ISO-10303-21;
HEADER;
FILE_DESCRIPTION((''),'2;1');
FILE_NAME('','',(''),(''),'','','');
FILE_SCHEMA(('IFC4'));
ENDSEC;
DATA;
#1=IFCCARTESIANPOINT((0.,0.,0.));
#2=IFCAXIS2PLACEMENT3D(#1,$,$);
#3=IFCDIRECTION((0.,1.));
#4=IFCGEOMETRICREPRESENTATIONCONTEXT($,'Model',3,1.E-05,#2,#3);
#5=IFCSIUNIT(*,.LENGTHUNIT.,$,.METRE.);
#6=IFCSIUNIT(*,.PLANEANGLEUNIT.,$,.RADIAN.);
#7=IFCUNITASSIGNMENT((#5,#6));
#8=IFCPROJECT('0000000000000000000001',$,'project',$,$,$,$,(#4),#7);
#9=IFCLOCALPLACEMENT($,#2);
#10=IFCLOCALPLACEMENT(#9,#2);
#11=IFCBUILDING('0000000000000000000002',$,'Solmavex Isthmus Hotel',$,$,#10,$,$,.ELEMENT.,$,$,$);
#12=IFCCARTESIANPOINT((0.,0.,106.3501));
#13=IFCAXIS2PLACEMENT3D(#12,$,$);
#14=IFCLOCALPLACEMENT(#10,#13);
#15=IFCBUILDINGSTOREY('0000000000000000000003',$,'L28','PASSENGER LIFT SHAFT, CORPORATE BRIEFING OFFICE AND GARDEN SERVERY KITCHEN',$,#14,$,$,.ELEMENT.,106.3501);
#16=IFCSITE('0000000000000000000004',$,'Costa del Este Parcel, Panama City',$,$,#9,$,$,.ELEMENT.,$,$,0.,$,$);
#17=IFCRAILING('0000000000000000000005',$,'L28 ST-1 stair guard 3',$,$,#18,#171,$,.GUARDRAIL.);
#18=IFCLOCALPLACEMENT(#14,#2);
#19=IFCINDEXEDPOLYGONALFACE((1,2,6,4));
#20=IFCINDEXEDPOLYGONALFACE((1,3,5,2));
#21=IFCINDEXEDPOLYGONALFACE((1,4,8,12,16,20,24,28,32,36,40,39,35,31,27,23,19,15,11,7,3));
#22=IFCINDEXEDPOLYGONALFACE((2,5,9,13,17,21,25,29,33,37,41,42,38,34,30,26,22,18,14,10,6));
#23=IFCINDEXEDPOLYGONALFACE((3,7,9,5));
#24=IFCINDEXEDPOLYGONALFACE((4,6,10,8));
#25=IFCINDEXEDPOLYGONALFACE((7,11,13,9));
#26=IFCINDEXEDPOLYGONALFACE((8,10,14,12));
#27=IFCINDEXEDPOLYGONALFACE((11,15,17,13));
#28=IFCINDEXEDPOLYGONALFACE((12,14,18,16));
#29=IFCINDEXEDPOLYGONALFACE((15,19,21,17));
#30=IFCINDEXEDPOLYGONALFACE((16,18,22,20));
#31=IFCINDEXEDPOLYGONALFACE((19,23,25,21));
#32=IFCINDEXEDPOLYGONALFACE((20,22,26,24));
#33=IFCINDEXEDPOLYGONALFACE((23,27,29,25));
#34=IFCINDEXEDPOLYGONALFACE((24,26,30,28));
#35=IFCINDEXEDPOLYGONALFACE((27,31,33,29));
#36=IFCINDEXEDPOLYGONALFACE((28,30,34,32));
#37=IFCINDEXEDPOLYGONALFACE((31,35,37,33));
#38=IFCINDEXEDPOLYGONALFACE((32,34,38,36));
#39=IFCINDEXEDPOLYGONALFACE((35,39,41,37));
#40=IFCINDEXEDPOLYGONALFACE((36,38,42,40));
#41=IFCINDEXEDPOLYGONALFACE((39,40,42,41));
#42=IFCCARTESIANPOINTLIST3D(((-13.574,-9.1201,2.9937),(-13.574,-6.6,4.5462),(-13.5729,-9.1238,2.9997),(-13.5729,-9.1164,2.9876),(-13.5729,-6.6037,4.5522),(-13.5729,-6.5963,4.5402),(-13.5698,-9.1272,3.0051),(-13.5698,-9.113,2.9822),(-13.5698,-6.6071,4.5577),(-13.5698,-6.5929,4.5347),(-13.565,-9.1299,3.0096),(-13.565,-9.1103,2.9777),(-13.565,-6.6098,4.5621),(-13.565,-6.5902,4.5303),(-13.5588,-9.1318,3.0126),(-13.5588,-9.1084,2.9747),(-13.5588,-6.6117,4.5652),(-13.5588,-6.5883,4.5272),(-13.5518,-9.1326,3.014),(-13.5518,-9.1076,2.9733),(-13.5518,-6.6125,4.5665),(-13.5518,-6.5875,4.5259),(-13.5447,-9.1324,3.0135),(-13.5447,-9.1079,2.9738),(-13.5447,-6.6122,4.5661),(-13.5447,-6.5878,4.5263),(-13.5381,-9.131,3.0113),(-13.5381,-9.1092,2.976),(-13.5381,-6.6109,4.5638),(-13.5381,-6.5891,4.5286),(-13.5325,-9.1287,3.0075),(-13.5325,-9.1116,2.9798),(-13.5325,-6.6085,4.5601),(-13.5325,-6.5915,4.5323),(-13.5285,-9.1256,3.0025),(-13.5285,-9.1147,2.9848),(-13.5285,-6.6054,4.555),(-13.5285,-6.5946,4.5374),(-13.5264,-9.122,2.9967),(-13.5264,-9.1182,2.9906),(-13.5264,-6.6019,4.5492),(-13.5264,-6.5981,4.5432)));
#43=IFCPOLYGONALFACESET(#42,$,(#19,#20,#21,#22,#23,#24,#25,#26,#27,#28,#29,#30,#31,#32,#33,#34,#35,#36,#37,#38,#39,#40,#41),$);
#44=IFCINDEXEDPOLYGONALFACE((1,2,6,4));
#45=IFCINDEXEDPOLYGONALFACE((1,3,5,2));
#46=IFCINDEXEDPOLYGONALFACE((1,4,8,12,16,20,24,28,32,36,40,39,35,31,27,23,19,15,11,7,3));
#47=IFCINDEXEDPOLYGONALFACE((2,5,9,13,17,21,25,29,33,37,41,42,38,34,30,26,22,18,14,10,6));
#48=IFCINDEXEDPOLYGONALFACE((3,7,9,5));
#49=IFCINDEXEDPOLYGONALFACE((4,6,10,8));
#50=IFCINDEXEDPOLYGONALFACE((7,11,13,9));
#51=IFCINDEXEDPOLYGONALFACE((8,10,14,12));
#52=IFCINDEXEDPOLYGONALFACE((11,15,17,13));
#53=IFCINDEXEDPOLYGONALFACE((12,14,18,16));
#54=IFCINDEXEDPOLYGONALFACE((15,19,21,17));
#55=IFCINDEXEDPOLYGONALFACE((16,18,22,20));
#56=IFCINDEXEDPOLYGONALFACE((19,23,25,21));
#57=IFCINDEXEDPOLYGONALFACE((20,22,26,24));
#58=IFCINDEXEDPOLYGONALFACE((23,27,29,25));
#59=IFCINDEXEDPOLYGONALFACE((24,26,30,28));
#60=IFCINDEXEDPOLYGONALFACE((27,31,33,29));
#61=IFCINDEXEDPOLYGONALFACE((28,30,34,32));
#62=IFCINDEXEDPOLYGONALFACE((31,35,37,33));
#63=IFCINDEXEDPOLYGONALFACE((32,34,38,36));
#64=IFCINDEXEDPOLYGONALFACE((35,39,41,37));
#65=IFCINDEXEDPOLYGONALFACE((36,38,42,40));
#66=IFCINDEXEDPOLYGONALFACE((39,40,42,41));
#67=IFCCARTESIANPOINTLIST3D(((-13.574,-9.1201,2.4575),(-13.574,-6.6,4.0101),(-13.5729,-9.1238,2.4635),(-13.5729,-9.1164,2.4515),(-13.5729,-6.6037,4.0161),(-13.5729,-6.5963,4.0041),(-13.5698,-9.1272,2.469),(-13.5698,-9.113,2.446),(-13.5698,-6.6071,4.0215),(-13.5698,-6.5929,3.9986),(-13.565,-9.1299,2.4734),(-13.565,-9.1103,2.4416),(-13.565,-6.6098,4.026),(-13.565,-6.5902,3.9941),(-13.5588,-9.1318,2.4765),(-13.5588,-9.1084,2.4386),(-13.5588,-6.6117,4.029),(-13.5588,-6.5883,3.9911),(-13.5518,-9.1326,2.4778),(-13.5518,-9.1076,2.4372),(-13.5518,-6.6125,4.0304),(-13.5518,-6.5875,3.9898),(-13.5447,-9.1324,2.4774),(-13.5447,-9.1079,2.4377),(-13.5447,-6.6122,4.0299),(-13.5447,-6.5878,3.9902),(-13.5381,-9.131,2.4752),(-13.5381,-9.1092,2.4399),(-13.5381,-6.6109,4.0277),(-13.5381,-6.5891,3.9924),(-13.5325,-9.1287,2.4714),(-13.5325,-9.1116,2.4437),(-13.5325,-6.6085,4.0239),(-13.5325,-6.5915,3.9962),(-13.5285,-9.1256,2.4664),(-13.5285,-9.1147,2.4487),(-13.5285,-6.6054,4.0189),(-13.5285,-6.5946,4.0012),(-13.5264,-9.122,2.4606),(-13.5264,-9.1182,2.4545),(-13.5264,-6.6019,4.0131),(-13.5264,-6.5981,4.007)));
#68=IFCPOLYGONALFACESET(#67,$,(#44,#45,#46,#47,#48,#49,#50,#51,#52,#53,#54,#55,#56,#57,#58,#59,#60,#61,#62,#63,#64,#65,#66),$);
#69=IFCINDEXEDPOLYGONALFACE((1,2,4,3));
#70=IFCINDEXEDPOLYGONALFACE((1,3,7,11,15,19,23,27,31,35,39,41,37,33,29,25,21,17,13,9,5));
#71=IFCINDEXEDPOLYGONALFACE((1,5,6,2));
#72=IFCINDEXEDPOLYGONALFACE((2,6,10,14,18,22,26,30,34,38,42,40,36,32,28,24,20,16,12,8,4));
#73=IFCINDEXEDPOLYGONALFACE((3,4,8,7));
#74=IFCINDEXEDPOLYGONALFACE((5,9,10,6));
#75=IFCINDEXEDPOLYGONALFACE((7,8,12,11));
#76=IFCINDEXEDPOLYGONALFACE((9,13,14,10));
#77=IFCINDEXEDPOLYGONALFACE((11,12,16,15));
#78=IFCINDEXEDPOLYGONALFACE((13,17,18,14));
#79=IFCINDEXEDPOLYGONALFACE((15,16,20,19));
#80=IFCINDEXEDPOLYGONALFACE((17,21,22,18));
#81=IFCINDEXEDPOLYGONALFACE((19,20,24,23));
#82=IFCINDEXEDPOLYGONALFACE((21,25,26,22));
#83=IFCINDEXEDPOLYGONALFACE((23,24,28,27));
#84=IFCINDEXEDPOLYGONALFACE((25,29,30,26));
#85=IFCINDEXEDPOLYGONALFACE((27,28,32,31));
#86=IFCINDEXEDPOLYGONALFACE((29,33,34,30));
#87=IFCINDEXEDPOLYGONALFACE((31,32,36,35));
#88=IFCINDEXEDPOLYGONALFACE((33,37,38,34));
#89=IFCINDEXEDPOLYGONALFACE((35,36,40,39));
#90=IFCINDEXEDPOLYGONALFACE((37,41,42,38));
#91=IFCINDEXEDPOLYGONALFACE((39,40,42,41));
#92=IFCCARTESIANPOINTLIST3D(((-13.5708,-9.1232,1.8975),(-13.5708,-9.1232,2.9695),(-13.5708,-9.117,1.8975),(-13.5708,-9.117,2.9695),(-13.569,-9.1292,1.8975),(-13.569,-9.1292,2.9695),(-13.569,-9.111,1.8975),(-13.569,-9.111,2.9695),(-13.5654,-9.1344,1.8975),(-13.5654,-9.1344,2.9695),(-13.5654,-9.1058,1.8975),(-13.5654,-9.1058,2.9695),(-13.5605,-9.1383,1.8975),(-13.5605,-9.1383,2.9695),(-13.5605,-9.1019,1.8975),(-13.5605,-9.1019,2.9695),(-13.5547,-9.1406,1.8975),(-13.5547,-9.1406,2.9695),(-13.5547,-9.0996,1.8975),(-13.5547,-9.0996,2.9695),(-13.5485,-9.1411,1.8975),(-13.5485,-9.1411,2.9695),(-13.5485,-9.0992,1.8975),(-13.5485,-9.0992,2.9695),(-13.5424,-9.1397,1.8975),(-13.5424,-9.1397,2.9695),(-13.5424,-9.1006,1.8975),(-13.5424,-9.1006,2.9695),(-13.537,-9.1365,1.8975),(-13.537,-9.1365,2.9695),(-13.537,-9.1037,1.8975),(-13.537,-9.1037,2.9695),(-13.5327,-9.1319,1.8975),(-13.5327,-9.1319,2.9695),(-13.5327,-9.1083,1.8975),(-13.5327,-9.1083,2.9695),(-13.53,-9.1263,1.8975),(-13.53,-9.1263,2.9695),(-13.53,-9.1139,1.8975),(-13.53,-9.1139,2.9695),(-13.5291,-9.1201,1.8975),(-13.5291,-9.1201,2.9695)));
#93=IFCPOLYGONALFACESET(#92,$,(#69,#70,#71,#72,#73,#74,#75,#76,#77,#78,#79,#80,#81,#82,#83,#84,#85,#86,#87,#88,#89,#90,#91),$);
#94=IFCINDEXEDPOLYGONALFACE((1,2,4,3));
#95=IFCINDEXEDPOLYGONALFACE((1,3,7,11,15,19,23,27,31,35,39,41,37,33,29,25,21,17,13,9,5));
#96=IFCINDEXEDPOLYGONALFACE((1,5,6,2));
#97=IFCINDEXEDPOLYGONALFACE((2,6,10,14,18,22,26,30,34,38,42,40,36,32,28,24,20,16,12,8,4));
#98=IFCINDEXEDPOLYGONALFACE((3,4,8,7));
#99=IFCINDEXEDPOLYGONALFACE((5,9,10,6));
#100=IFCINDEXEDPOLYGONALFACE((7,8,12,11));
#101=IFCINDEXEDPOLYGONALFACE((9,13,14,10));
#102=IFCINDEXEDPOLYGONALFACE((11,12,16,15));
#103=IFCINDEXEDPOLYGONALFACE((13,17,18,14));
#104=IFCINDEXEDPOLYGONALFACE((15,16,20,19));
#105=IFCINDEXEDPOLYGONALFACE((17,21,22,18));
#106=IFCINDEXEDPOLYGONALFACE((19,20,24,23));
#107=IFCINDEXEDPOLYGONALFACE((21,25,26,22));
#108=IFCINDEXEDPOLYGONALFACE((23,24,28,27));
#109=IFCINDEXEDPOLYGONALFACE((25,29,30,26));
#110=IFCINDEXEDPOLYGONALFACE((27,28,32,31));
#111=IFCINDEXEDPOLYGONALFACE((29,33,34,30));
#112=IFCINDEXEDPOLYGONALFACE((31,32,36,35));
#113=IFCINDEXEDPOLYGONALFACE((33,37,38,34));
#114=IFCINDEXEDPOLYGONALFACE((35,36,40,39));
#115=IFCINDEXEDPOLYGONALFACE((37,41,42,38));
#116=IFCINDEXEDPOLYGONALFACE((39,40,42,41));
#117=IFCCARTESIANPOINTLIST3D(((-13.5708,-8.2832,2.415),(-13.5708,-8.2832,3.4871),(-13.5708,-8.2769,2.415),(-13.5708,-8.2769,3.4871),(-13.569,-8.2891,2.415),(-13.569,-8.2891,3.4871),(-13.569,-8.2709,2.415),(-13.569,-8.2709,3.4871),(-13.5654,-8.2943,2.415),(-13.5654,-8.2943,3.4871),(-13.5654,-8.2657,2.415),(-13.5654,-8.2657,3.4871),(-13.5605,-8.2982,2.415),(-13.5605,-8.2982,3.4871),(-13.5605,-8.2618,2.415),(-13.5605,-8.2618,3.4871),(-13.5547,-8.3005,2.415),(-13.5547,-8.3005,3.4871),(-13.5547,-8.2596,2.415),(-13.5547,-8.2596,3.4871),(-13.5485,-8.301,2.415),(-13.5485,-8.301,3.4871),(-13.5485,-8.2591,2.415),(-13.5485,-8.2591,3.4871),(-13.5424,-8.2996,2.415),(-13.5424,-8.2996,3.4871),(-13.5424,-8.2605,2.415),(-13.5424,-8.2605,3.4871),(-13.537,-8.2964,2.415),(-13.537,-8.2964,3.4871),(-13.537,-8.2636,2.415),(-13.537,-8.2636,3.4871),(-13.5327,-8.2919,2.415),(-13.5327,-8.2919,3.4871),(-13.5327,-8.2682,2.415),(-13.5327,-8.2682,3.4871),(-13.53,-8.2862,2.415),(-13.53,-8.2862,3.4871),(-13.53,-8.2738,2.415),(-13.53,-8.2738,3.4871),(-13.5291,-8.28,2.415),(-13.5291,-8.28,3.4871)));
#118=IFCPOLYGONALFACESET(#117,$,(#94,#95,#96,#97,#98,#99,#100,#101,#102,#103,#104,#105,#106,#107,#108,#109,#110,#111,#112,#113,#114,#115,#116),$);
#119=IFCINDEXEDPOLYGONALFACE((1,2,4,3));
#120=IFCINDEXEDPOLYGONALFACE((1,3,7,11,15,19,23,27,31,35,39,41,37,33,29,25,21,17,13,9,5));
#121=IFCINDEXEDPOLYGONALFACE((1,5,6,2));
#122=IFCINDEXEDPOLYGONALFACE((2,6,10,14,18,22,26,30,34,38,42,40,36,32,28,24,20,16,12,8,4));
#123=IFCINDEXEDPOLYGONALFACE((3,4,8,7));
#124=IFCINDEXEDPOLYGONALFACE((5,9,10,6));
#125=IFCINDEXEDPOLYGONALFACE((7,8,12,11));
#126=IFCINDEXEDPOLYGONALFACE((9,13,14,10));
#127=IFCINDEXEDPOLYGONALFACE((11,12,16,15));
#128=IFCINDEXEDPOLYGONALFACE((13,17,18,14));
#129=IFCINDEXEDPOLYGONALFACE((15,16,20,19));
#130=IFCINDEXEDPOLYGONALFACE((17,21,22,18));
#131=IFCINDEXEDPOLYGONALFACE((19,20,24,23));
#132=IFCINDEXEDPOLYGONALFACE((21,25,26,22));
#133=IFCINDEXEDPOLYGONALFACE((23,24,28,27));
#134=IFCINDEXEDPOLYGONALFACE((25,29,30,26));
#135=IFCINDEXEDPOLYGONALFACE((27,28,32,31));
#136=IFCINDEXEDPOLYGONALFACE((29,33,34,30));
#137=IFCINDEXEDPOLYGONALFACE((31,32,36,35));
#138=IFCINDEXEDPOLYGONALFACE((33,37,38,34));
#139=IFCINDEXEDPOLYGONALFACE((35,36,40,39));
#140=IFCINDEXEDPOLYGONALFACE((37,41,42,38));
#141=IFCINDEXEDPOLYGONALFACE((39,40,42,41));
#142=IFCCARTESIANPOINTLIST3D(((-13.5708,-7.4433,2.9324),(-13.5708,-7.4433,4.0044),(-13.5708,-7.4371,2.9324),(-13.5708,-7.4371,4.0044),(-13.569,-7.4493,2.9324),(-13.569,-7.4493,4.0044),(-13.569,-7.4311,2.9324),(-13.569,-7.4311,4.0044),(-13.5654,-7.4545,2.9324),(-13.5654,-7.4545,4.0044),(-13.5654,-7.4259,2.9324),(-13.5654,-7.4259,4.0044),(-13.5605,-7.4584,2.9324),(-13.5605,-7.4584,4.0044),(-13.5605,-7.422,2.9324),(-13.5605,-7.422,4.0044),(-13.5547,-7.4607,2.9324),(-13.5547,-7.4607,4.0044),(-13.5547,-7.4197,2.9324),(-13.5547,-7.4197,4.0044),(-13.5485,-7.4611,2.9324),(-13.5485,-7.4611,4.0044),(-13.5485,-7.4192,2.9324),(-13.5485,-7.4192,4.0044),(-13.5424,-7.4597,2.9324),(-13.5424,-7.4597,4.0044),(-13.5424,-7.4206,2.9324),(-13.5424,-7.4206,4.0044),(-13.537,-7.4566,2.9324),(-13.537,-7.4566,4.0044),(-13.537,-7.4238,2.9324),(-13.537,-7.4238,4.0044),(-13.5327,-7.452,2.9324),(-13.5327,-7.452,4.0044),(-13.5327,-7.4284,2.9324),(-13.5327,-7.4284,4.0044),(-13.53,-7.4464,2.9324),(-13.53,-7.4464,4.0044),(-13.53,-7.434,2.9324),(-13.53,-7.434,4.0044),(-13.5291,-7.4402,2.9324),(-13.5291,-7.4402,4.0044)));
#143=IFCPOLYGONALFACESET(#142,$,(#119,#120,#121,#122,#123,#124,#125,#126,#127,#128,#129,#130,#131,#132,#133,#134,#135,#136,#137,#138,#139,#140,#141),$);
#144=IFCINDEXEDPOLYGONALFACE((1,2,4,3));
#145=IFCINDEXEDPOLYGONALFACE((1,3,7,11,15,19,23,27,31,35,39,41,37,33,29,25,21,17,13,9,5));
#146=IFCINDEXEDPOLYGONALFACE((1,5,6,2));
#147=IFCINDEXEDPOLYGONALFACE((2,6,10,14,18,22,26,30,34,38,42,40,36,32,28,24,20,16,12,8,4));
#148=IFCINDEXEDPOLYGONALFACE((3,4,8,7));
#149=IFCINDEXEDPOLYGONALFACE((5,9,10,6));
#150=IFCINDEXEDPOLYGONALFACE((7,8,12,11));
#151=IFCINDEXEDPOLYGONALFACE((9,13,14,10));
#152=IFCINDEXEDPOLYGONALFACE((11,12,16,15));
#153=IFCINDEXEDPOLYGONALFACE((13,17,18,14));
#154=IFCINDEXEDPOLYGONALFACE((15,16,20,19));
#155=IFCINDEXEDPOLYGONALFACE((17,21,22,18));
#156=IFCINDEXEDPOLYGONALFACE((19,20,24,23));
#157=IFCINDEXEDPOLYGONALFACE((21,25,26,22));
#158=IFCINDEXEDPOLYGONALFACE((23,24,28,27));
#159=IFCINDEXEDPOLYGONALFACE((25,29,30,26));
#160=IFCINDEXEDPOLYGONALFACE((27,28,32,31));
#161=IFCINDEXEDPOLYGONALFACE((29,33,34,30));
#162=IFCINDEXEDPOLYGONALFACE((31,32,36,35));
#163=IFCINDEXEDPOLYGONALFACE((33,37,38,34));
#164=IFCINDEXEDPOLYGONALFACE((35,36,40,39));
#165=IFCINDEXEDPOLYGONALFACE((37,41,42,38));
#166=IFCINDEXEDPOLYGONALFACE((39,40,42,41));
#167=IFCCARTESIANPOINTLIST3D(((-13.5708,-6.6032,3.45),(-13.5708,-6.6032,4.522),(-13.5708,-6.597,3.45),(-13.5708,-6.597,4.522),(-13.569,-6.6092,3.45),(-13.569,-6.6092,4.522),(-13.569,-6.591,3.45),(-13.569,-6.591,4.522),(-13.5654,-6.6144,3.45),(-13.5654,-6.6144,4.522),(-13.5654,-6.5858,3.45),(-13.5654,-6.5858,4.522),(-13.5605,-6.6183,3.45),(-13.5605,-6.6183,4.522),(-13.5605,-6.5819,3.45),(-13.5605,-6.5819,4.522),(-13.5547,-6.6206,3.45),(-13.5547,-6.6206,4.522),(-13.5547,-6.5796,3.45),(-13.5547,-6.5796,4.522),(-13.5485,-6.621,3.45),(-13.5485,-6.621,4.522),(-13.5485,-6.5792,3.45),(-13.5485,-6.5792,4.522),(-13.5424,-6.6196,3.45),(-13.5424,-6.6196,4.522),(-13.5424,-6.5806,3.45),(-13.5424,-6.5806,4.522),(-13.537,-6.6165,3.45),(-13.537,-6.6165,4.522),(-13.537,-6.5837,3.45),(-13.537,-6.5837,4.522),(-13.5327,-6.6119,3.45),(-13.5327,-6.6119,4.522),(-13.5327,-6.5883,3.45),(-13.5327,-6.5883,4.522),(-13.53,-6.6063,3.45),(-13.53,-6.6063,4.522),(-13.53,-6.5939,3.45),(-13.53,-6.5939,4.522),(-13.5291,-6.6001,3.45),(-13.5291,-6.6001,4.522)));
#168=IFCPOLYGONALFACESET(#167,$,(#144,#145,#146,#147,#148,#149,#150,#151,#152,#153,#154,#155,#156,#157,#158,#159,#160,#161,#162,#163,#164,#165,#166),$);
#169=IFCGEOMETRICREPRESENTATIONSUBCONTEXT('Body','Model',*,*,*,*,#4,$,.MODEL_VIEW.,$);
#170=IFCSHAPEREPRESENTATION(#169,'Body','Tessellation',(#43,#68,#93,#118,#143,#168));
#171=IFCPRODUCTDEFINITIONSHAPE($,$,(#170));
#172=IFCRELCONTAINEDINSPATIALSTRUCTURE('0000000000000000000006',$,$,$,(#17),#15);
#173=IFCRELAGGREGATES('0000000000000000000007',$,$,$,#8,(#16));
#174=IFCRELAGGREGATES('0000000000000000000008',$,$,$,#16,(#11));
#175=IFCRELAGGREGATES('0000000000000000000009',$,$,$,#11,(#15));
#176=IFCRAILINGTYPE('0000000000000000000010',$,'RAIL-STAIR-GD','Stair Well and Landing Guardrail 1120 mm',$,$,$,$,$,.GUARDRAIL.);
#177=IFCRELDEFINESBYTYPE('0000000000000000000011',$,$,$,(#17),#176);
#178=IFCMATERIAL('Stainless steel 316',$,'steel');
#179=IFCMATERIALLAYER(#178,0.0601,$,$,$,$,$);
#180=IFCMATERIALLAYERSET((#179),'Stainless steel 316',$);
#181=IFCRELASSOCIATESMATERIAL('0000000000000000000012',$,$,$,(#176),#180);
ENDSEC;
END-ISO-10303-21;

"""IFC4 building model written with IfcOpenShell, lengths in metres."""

from ifc_helpers import new_model, si_unit, direction, frame, origin, origin_2d, place, context, subcontext, project, spatial, circle, extrude, material, layer, layer_set, type_object, element, save


model = new_model("IFC4")

# Units and contexts
model_context = context("Model", 3, precision=1e-05, world=origin(), true_north=direction((0.0, 1.0)))
body_context = subcontext(model_context, "Body", "Model", "MODEL_VIEW")
ifc_project = project(units=[si_unit("LENGTHUNIT", "METRE"), si_unit("PLANEANGLEUNIT", "RADIAN")], contexts=[model_context])

# Site, building, storey
site_placement = place(None, origin())
site = spatial("IfcSite", under=ifc_project, at=site_placement, Name="Costa del Este Parcel, Panama City", CompositionType="ELEMENT", RefElevation=0.0)
building_placement = place(site_placement, origin())
building = spatial("IfcBuilding", under=site, at=building_placement, Name="Solmavex Isthmus Hotel", CompositionType="ELEMENT")
storey_placement = place(building_placement, frame((0.0, 0.0, 106.3501)))
storey = spatial("IfcBuildingStorey", under=building, at=storey_placement, Name="L28", Description="PASSENGER LIFT SHAFT, CORPORATE BRIEFING OFFICE AND GARDEN SERVERY KITCHEN", CompositionType="ELEMENT", Elevation=106.3501)

# Shared definitions
ifc_material_1 = material(Name="Stainless steel 316", Category="steel")

# Railing
ifc_layer_1 = layer(ifc_material_1, 0.0601)
ifc_layer_set_1 = layer_set([ifc_layer_1], Name="Stainless steel 316")
railing_type_1 = type_object("IfcRailingType", Name="RAIL-STAIR-GD", Description="Stair Well and Landing Guardrail 1120 mm", PredefinedType="GUARDRAIL", material=ifc_layer_set_1)
railing_1_placement = place(storey_placement, frame((-13.55, -9.1201, 1.8975)))
element("IfcRailing", 1, at=railing_1_placement, inside=storey, type_object=railing_type_1, Name="L28 ST-1 stair guard 3", PredefinedType="GUARDRAIL", context=body_context, shape_type="SweptSolid", body=[
    extrude(circle(Radius=0.0239, at=origin_2d()), frame((0.0, 0.0, 1.0962), z_axis=(0.0, 0.8514, 0.524516), x_axis=(-1.0, 0.0, 0.0)), (0.0, 0.0, 1.0), 2.96),
    extrude(circle(Radius=0.0239, at=origin_2d()), frame((0.0, 0.0, 0.5601), z_axis=(0.0, 0.8514, 0.524516), x_axis=(-1.0, 0.0, 0.0)), (0.0, 0.0, 1.0), 2.96),
    extrude(circle(Radius=0.021, at=origin_2d()), origin(), (0.0, 0.0, 1.0), 1.072),
    extrude(circle(Radius=0.021, at=origin_2d()), frame((0.0, 0.8401, 0.5176)), (0.0, 0.0, 1.0), 1.072),
    extrude(circle(Radius=0.021, at=origin_2d()), frame((0.0, 1.6799, 1.0349)), (0.0, 0.0, 1.0), 1.072),
    extrude(circle(Radius=0.021, at=origin_2d()), frame((0.0, 2.52, 1.5525)), (0.0, 0.0, 1.0), 1.072),
])

save(model, "model.ifc")
